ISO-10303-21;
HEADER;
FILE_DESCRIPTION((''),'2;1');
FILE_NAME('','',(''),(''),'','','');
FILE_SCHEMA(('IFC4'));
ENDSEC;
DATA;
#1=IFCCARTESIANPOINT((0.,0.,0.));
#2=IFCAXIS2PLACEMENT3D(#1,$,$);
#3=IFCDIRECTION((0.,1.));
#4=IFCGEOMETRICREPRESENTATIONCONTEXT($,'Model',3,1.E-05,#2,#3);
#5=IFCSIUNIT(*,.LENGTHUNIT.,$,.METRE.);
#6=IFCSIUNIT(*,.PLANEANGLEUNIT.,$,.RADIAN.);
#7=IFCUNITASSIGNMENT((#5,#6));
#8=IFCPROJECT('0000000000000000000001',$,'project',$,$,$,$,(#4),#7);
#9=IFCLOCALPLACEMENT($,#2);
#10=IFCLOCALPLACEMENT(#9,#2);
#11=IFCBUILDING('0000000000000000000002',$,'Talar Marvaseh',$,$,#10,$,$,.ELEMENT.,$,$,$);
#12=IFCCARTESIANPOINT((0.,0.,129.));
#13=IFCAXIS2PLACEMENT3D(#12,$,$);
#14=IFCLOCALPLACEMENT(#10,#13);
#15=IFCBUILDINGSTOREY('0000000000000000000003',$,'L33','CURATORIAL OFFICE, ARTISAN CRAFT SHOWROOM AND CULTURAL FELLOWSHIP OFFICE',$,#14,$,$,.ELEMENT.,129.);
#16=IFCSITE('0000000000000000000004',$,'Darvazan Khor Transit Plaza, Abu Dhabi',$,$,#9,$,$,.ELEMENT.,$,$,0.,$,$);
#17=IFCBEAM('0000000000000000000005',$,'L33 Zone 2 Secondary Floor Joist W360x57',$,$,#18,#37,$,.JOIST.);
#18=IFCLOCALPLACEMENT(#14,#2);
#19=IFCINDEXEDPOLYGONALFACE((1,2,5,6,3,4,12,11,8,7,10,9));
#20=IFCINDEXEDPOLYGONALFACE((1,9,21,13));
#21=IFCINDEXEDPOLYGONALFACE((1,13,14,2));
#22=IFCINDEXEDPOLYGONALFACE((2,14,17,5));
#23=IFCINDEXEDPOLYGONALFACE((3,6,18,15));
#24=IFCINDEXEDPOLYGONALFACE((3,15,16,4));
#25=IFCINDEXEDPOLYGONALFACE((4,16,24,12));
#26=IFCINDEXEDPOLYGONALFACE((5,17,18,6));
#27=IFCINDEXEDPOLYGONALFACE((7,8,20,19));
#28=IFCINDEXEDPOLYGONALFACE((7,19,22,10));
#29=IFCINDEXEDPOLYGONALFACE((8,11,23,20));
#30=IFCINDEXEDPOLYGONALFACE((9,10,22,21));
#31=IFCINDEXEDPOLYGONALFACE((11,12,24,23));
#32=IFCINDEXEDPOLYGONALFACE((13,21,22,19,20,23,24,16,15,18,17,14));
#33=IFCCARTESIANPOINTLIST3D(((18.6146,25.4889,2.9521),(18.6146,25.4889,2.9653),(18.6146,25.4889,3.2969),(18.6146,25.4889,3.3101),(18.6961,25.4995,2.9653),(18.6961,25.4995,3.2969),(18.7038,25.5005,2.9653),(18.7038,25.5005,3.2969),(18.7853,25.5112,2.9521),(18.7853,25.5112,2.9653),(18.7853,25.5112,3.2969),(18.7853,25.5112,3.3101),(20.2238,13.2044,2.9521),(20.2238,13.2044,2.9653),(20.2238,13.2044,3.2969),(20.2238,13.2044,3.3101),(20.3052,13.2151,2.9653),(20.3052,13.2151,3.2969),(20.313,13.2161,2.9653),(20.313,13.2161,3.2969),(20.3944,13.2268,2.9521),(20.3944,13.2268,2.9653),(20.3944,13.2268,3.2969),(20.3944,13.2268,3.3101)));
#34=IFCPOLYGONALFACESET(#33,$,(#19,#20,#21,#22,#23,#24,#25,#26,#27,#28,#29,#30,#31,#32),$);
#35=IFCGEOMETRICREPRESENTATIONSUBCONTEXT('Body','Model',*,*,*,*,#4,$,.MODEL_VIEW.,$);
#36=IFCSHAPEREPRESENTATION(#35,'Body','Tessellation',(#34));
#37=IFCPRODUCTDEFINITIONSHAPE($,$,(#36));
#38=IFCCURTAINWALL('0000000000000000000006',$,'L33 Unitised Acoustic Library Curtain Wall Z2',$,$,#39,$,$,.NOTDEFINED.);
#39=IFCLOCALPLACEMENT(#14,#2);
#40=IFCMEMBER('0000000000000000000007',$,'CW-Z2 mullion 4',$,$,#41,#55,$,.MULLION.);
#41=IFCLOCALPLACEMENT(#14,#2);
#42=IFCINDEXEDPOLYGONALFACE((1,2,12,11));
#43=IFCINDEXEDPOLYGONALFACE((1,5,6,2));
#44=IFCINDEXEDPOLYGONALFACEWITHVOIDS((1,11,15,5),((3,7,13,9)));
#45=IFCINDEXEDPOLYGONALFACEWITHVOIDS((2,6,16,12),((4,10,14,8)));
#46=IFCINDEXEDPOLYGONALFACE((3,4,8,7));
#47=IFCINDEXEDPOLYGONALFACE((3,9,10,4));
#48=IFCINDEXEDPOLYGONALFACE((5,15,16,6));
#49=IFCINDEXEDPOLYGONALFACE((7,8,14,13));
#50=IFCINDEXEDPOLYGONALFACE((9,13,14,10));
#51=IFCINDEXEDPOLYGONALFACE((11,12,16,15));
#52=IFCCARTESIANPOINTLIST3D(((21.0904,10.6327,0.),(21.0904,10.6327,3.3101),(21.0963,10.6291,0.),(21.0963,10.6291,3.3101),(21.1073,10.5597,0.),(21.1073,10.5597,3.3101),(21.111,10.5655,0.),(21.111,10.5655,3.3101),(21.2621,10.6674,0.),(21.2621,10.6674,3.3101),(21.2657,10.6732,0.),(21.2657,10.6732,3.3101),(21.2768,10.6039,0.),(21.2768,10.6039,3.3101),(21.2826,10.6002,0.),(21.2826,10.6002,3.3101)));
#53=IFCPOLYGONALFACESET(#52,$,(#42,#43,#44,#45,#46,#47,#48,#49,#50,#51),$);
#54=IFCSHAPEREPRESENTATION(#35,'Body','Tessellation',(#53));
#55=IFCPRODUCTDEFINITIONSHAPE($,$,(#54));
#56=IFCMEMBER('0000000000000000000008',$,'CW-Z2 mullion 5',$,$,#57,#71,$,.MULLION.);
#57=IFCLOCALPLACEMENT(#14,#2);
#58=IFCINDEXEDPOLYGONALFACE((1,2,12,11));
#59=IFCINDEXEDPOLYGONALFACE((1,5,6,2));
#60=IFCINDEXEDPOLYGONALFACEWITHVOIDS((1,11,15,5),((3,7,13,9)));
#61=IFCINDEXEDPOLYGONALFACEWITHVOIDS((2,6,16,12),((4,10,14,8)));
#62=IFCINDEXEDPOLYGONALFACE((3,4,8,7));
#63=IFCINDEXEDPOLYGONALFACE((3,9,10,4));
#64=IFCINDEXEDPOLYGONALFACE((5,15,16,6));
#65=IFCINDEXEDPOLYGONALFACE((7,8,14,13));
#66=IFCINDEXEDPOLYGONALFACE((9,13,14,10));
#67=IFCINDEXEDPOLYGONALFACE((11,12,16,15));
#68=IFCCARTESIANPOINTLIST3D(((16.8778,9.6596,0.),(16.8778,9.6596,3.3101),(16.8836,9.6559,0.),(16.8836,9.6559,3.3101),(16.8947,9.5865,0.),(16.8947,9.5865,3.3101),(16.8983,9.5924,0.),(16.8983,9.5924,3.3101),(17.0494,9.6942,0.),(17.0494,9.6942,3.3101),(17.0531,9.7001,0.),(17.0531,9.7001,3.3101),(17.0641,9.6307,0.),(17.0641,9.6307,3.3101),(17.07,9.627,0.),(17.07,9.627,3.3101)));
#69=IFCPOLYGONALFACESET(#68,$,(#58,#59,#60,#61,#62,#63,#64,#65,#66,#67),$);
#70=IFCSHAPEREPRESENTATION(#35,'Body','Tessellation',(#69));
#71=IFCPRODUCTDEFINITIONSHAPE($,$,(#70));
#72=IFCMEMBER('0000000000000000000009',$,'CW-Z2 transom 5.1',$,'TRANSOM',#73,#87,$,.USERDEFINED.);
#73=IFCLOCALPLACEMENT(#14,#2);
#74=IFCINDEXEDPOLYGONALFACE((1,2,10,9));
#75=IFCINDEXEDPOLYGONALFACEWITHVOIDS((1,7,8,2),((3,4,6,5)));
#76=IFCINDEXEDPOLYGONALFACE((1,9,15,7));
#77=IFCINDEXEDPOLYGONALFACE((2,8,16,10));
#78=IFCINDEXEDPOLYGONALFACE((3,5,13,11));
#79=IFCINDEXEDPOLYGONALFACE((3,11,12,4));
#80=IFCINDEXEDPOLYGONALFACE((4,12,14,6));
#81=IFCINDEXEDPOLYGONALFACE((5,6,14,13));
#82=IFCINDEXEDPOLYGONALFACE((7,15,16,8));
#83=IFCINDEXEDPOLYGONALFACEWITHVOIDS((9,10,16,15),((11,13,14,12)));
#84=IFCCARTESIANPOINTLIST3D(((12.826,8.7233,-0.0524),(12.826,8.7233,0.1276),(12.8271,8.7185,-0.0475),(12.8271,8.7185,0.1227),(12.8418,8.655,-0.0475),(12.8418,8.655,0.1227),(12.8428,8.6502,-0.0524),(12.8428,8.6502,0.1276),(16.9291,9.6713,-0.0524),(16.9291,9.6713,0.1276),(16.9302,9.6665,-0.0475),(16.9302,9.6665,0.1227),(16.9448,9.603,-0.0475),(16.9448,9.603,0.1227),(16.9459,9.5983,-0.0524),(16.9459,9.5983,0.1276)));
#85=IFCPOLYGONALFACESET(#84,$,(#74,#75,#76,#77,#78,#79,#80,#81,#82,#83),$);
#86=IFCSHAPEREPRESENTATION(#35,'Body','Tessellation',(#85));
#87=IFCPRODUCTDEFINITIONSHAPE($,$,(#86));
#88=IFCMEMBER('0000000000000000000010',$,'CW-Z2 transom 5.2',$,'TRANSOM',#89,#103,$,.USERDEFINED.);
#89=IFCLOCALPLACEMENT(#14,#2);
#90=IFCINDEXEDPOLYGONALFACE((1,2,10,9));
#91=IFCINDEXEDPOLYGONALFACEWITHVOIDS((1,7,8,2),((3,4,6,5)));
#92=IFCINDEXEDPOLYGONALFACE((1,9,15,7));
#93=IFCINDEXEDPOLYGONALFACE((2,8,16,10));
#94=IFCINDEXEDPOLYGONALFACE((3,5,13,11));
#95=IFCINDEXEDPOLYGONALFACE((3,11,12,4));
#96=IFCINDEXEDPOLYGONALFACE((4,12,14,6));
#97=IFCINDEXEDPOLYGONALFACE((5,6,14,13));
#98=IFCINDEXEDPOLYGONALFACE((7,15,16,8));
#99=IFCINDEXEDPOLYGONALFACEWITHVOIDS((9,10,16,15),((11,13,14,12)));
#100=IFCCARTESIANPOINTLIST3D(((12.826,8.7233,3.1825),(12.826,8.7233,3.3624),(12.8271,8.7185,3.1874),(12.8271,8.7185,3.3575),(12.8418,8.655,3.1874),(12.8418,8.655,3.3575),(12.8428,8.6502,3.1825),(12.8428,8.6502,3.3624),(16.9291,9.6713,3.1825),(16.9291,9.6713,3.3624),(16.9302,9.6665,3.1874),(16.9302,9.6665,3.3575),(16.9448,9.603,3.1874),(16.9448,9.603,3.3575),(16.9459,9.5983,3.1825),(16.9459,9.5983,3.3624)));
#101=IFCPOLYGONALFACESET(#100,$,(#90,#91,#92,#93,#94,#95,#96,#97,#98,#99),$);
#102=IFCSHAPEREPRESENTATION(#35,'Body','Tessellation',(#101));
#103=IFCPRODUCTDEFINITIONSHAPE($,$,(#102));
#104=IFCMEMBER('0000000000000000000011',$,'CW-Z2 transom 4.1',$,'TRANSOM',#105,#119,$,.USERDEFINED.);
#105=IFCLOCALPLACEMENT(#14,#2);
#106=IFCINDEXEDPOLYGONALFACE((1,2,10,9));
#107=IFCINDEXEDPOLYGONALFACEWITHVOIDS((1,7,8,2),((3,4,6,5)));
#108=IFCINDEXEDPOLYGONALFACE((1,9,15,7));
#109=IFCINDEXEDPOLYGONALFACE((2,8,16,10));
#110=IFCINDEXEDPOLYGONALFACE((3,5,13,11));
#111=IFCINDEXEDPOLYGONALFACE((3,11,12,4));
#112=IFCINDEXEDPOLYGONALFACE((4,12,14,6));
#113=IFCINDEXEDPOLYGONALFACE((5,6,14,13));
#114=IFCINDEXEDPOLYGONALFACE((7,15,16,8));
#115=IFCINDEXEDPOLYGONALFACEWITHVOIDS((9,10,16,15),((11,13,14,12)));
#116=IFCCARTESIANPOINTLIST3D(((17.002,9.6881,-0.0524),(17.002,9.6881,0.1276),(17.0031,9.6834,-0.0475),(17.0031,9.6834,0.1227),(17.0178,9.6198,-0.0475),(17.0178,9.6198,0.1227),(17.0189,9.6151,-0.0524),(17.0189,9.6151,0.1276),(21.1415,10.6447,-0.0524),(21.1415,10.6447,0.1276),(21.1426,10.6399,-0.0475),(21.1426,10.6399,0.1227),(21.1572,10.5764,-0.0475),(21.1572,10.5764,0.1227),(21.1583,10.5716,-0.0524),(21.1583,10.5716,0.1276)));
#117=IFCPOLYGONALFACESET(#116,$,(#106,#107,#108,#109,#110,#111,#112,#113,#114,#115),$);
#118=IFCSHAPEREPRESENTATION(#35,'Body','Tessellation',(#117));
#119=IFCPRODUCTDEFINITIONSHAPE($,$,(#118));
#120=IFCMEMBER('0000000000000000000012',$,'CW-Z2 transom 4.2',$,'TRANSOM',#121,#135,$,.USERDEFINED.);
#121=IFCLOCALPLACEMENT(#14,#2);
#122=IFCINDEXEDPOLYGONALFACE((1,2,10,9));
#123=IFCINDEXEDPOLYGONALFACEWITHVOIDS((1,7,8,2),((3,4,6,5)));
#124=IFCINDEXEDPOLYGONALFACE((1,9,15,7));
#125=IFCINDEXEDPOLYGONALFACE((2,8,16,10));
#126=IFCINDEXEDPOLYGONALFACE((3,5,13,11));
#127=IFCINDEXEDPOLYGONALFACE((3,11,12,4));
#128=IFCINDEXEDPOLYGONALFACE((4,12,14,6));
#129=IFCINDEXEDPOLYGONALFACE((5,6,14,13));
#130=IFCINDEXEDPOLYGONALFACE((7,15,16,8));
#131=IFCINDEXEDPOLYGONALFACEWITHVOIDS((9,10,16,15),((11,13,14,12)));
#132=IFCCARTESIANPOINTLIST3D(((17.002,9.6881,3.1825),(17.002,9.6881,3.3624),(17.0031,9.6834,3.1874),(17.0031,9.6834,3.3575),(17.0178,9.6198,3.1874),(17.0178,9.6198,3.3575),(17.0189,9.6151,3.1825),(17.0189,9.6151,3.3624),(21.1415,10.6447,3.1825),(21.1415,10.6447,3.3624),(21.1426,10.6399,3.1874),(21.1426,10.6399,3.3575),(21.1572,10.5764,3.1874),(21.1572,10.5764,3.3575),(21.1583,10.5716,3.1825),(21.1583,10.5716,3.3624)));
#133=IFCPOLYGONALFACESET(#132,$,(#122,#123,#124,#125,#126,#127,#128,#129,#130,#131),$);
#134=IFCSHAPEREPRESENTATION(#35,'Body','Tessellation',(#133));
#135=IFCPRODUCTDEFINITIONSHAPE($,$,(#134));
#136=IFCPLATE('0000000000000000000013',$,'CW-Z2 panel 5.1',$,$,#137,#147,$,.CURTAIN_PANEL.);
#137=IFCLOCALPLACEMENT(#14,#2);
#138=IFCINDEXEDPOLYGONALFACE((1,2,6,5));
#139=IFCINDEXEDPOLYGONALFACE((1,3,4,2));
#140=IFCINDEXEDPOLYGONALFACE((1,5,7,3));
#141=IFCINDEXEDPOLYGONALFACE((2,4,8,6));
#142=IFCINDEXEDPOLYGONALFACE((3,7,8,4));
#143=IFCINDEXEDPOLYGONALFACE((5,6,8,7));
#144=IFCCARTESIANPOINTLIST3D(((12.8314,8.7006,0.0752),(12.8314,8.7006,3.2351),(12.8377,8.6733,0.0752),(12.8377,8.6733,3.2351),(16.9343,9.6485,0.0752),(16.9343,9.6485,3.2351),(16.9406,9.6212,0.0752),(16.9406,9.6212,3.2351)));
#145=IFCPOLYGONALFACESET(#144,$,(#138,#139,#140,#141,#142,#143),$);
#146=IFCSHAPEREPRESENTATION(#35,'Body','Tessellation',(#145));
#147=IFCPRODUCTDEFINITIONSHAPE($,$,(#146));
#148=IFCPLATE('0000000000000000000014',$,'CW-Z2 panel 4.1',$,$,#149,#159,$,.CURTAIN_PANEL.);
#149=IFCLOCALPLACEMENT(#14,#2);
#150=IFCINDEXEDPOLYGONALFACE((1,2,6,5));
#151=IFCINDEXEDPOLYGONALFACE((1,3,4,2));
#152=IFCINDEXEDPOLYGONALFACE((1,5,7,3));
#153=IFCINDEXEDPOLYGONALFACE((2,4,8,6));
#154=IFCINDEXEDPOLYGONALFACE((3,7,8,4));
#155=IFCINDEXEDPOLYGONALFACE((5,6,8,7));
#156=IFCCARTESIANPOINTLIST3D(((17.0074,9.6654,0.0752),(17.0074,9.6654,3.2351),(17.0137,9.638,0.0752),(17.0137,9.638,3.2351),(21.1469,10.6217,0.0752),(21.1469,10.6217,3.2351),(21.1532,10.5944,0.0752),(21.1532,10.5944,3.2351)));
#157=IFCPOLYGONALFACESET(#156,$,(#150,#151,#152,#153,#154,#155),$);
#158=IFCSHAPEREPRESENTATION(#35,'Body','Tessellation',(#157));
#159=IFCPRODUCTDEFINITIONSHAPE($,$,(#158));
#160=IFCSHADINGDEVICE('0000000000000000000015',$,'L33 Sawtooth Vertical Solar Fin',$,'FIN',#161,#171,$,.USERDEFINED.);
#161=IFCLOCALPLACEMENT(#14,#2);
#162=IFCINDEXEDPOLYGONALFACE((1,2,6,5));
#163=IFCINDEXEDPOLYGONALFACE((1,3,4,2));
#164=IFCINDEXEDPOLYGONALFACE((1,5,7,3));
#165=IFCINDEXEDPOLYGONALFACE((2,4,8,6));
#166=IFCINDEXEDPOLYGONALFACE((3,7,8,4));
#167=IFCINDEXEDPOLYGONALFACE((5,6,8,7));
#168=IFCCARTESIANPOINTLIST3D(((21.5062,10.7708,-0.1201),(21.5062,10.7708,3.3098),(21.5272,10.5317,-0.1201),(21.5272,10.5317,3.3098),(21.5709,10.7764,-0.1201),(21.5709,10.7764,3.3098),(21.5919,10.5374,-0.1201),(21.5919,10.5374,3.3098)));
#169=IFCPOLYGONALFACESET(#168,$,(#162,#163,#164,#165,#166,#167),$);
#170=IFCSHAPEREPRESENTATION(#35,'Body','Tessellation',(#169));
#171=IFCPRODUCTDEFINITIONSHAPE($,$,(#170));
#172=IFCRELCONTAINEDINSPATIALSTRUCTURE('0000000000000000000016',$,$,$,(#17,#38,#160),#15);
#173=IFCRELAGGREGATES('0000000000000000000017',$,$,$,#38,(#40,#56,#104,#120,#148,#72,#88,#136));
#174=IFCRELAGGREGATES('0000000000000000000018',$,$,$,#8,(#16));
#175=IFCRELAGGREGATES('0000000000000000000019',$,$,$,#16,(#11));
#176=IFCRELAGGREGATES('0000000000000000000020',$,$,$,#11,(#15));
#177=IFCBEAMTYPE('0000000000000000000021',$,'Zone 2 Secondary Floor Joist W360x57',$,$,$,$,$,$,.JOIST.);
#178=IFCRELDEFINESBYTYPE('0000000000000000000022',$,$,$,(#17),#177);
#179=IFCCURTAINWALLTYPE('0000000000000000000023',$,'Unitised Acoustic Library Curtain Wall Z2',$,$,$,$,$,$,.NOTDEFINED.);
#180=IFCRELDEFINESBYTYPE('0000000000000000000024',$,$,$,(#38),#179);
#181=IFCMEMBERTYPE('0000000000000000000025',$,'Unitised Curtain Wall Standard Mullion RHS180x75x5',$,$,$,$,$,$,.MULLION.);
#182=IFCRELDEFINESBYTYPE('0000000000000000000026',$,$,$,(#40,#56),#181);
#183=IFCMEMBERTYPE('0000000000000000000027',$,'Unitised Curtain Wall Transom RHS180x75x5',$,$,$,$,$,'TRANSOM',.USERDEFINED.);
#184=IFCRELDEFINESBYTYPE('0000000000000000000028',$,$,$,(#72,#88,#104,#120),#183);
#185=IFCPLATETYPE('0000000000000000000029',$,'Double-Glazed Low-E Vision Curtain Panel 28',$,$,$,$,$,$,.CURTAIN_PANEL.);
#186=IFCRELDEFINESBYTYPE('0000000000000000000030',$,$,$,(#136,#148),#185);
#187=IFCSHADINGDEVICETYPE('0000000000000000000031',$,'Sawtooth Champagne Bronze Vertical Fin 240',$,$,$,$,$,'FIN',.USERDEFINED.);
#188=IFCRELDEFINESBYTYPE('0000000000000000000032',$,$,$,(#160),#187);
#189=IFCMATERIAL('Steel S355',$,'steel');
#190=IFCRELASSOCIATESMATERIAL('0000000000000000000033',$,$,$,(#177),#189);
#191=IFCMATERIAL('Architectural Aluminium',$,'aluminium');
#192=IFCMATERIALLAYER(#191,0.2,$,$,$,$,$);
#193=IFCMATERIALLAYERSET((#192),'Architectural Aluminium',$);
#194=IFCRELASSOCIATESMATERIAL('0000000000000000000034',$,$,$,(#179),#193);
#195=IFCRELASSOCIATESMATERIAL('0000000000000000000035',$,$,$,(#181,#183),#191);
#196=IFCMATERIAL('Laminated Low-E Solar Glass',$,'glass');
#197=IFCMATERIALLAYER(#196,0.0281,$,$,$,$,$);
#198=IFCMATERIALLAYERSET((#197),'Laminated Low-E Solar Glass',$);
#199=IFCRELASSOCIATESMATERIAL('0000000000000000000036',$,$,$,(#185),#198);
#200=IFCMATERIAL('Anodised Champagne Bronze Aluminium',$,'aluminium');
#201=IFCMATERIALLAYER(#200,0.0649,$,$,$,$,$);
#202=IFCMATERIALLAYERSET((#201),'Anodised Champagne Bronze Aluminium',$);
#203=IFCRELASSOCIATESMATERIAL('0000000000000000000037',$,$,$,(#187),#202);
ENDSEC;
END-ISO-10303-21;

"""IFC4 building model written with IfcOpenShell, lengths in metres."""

from ifc_helpers import new_model, si_unit, direction, frame, origin, origin_2d, place, context, subcontext, project, spatial, rectangle, hollow_rectangle, i_section, extrude, source, transform, mapped, material, layer, layer_set, material_profile, profile_set, type_object, type_shapes, element, aggregate, save


model = new_model("IFC4")

# Units and contexts
model_context = context("Model", 3, precision=1e-05, world=origin(), true_north=direction((0.0, 1.0)))
body_context = subcontext(model_context, "Body", "Model", "MODEL_VIEW")
ifc_project = project(units=[si_unit("LENGTHUNIT", "METRE"), si_unit("PLANEANGLEUNIT", "RADIAN")], contexts=[model_context])

# Site, building, storey
site_placement = place(None, origin())
site = spatial("IfcSite", under=ifc_project, at=site_placement, Name="Darvazan Khor Transit Plaza, Abu Dhabi", CompositionType="ELEMENT", RefElevation=0.0)
building_placement = place(site_placement, origin())
building = spatial("IfcBuilding", under=site, at=building_placement, Name="Talar Marvaseh", CompositionType="ELEMENT")
storey_placement = place(building_placement, frame((0.0, 0.0, 129.0)))
storey = spatial("IfcBuildingStorey", under=building, at=storey_placement, Name="L33", Description="CURATORIAL OFFICE, ARTISAN CRAFT SHOWROOM AND CULTURAL FELLOWSHIP OFFICE", CompositionType="ELEMENT", Elevation=129.0)

# Beam
ifc_material_1 = material(Name="Steel S355", Category="steel")
ifc_material_profile_1 = material_profile(ifc_material_1, i_section(OverallWidth=0.1721, OverallDepth=0.3579, WebThickness=0.0078, FlangeThickness=0.0132, at=origin_2d()), Name="W360x57")
ifc_profile_set_1 = profile_set([ifc_material_profile_1], Name="Steel S355")
beam_type = type_object("IfcBeamType", Name="Zone 2 Secondary Floor Joist W360x57", PredefinedType="JOIST", material=ifc_profile_set_1)
beam_placement = place(storey_placement, frame((20.3091, 13.2156, 3.1311), z_axis=(-0.12988, 0.99153, 0.0), x_axis=(-0.99153, -0.12988, 0.0)))
element("IfcBeam", 1, at=beam_placement, inside=storey, type_object=beam_type, Name="L33 Zone 2 Secondary Floor Joist W360x57", PredefinedType="JOIST", context=body_context, shape_type="SweptSolid", body=[
    extrude(i_section(OverallWidth=0.1721, OverallDepth=0.3579, WebThickness=0.0078, FlangeThickness=0.0132, at=origin_2d()), origin(), (0.0, 0.0, 1.0), 12.3894),
])

# Curtain wall, members, plates
ifc_material_2 = material(Name="Architectural Aluminium", Category="aluminium")
ifc_layer_1 = layer(ifc_material_2, 0.2)
ifc_layer_set_1 = layer_set([ifc_layer_1], Name="Architectural Aluminium")
curtain_wall_type = type_object("IfcCurtainWallType", Name="Unitised Acoustic Library Curtain Wall Z2", PredefinedType="NOTDEFINED", material=ifc_layer_set_1)
curtain_wall_placement = place(storey_placement, origin())
curtain_wall = element("IfcCurtainWall", 2, at=curtain_wall_placement, inside=storey, type_object=curtain_wall_type, Name="L33 Unitised Acoustic Library Curtain Wall Z2", PredefinedType="NOTDEFINED")
ifc_material_profile_2 = material_profile(ifc_material_2, hollow_rectangle(XDim=0.075, YDim=0.1799, WallThickness=0.0049, at=origin_2d()), Name="RHS180x75x5")
ifc_profile_set_2 = profile_set([ifc_material_profile_2], Name="Architectural Aluminium")
member_type_1 = type_object("IfcMemberType", Name="Unitised Curtain Wall Standard Mullion RHS180x75x5", PredefinedType="MULLION", material=ifc_profile_set_2)
shared_shape_1 = source(origin(), body_context, "Body", "SweptSolid", [
    extrude(hollow_rectangle(XDim=0.075, YDim=0.1799, WallThickness=0.0049, at=origin_2d()), origin(), (0.0, 0.0, 1.0), 3.3101),
])
type_shapes(member_type_1, [shared_shape_1])
member_1_placement = place(storey_placement, frame((21.1865, 10.6165, 0.0), z_axis=(0.0, 0.0, 1.0), x_axis=(0.225103, -0.974335, 0.0)))
member_1 = element("IfcMember", 3, at=member_1_placement, type_object=member_type_1, Name="CW-Z2 mullion 4", PredefinedType="MULLION", context=body_context, shape_type="MappedRepresentation", body=[
    mapped(shared_shape_1, transform((0.0, 0.0, 0.0), x_axis=(1.0, 0.0, 0.0), y_axis=(0.0, 1.0, 0.0), z_axis=(0.0, 0.0, 1.0), scale=1.0)),
])
member_2_placement = place(storey_placement, frame((16.9739, 9.6433, 0.0), z_axis=(0.0, 0.0, 1.0), x_axis=(0.225103, -0.974335, 0.0)))
member_2 = element("IfcMember", 4, at=member_2_placement, type_object=member_type_1, Name="CW-Z2 mullion 5", PredefinedType="MULLION", context=body_context, shape_type="MappedRepresentation", body=[
    mapped(shared_shape_1, transform((0.0, 0.0, 0.0), x_axis=(1.0, 0.0, 0.0), y_axis=(0.0, 1.0, 0.0), z_axis=(0.0, 0.0, 1.0), scale=1.0)),
])
ifc_material_profile_3 = material_profile(ifc_material_2, hollow_rectangle(XDim=0.075, YDim=0.1799, WallThickness=0.0049, at=origin_2d()), Name="RHS180x75x5")
ifc_profile_set_3 = profile_set([ifc_material_profile_3], Name="Architectural Aluminium")
member_type_2 = type_object("IfcMemberType", Name="Unitised Curtain Wall Transom RHS180x75x5", ElementType="TRANSOM", PredefinedType="USERDEFINED", material=ifc_profile_set_3)
shared_shape_2 = source(origin(), body_context, "Body", "SweptSolid", [
    extrude(hollow_rectangle(XDim=0.075, YDim=0.1799, WallThickness=0.0049, at=origin_2d()), origin(), (0.0, 0.0, 1.0), 4.2112),
])
member_3_placement = place(storey_placement, frame((16.9375, 9.6348, 0.0376), z_axis=(-0.974332, -0.225118, 0.0), x_axis=(0.225118, -0.974332, 0.0)))
member_3 = element("IfcMember", 5, at=member_3_placement, type_object=member_type_2, Name="CW-Z2 transom 5.1", ObjectType="TRANSOM", PredefinedType="USERDEFINED", context=body_context, shape_type="MappedRepresentation", body=[
    mapped(shared_shape_2, transform((0.0, 0.0, 0.0), x_axis=(1.0, 0.0, 0.0), y_axis=(0.0, 1.0, 0.0), z_axis=(0.0, 0.0, 1.0), scale=1.0)),
])
member_4_placement = place(storey_placement, frame((16.9375, 9.6348, 3.2725), z_axis=(-0.974332, -0.225118, 0.0), x_axis=(0.225118, -0.974332, 0.0)))
member_4 = element("IfcMember", 6, at=member_4_placement, type_object=member_type_2, Name="CW-Z2 transom 5.2", ObjectType="TRANSOM", PredefinedType="USERDEFINED", context=body_context, shape_type="MappedRepresentation", body=[
    mapped(shared_shape_2, transform((0.0, 0.0, 0.0), x_axis=(1.0, 0.0, 0.0), y_axis=(0.0, 1.0, 0.0), z_axis=(0.0, 0.0, 1.0), scale=1.0)),
])
shared_shape_3 = source(origin(), body_context, "Body", "SweptSolid", [
    extrude(hollow_rectangle(XDim=0.075, YDim=0.1799, WallThickness=0.0049, at=origin_2d()), origin(), (0.0, 0.0, 1.0), 4.2485),
])
type_shapes(member_type_2, [shared_shape_2, shared_shape_3])
member_5_placement = place(storey_placement, frame((21.1499, 10.6082, 0.0376), z_axis=(-0.974324, -0.225149, 0.0), x_axis=(0.225149, -0.974324, 0.0)))
member_5 = element("IfcMember", 7, at=member_5_placement, type_object=member_type_2, Name="CW-Z2 transom 4.1", ObjectType="TRANSOM", PredefinedType="USERDEFINED", context=body_context, shape_type="MappedRepresentation", body=[
    mapped(shared_shape_3, transform((0.0, 0.0, 0.0), x_axis=(1.0, 0.0, 0.0), y_axis=(0.0, 1.0, 0.0), z_axis=(0.0, 0.0, 1.0), scale=1.0)),
])
member_6_placement = place(storey_placement, frame((21.1499, 10.6082, 3.2725), z_axis=(-0.974324, -0.225149, 0.0), x_axis=(0.225149, -0.974324, 0.0)))
member_6 = element("IfcMember", 8, at=member_6_placement, type_object=member_type_2, Name="CW-Z2 transom 4.2", ObjectType="TRANSOM", PredefinedType="USERDEFINED", context=body_context, shape_type="MappedRepresentation", body=[
    mapped(shared_shape_3, transform((0.0, 0.0, 0.0), x_axis=(1.0, 0.0, 0.0), y_axis=(0.0, 1.0, 0.0), z_axis=(0.0, 0.0, 1.0), scale=1.0)),
])
ifc_material_3 = material(Name="Laminated Low-E Solar Glass", Category="glass")
ifc_layer_2 = layer(ifc_material_3, 0.0281)
ifc_layer_set_2 = layer_set([ifc_layer_2], Name="Laminated Low-E Solar Glass")
plate_type = type_object("IfcPlateType", Name="Double-Glazed Low-E Vision Curtain Panel 28", PredefinedType="CURTAIN_PANEL", material=ifc_layer_set_2)
shared_shape_4 = source(origin(), body_context, "Body", "SweptSolid", [
    extrude(rectangle(XDim=4.2109, YDim=0.0281, at=origin_2d()), origin(), (0.0, 0.0, 1.0), 3.1599),
])
plate_1_placement = place(storey_placement, frame((14.886, 9.1609, 0.0752), z_axis=(0.0, 0.0, 1.0), x_axis=(-0.974335, -0.225103, 0.0)))
plate_1 = element("IfcPlate", 9, at=plate_1_placement, type_object=plate_type, Name="CW-Z2 panel 5.1", PredefinedType="CURTAIN_PANEL", context=body_context, shape_type="MappedRepresentation", body=[
    mapped(shared_shape_4, transform((0.0, 0.0, 0.0), x_axis=(1.0, 0.0, 0.0), y_axis=(0.0, 1.0, 0.0), z_axis=(0.0, 0.0, 1.0), scale=1.0)),
])
shared_shape_5 = source(origin(), body_context, "Body", "SweptSolid", [
    extrude(rectangle(XDim=4.2485, YDim=0.0281, at=origin_2d()), origin(), (0.0, 0.0, 1.0), 3.1599),
])
type_shapes(plate_type, [shared_shape_4, shared_shape_5])
plate_2_placement = place(storey_placement, frame((19.0803, 10.1299, 0.0752), z_axis=(0.0, 0.0, 1.0), x_axis=(-0.974335, -0.225103, 0.0)))
plate_2 = element("IfcPlate", 10, at=plate_2_placement, type_object=plate_type, Name="CW-Z2 panel 4.1", PredefinedType="CURTAIN_PANEL", context=body_context, shape_type="MappedRepresentation", body=[
    mapped(shared_shape_5, transform((0.0, 0.0, 0.0), x_axis=(1.0, 0.0, 0.0), y_axis=(0.0, 1.0, 0.0), z_axis=(0.0, 0.0, 1.0), scale=1.0)),
])
aggregate(curtain_wall, [member_1, member_2, member_5, member_6, plate_2, member_3, member_4, plate_1])

# Shading device
ifc_material_4 = material(Name="Anodised Champagne Bronze Aluminium", Category="aluminium")
ifc_layer_3 = layer(ifc_material_4, 0.0649)
ifc_layer_set_3 = layer_set([ifc_layer_3], Name="Anodised Champagne Bronze Aluminium")
shading_device_type = type_object("IfcShadingDeviceType", Name="Sawtooth Champagne Bronze Vertical Fin 240", ElementType="FIN", PredefinedType="USERDEFINED", material=ifc_layer_set_3)
shared_shape_6 = source(origin(), body_context, "Body", "SweptSolid", [
    extrude(rectangle(XDim=0.24, YDim=0.0649, at=origin_2d()), origin(), (0.0, 0.0, 1.0), 3.4299),
])
type_shapes(shading_device_type, [shared_shape_6])
for number, where, z_axis, x_axis, name in (
    (11, (21.5491, 10.6541, -0.1201), (0.0, 0.0, 1.0), (0.08733, -0.996179, 0.0), "L33 Sawtooth Vertical Solar Fin"),
):
    element("IfcShadingDevice", number, at=place(storey_placement, frame(where, z_axis=z_axis, x_axis=x_axis)), inside=storey, type_object=shading_device_type, Name=name, ObjectType="FIN", PredefinedType="USERDEFINED", context=body_context, shape_type="MappedRepresentation", body=[
        mapped(shared_shape_6, transform((0.0, 0.0, 0.0), x_axis=(1.0, 0.0, 0.0), y_axis=(0.0, 1.0, 0.0), z_axis=(0.0, 0.0, 1.0), scale=1.0)),
    ])

save(model, "model.ifc")
